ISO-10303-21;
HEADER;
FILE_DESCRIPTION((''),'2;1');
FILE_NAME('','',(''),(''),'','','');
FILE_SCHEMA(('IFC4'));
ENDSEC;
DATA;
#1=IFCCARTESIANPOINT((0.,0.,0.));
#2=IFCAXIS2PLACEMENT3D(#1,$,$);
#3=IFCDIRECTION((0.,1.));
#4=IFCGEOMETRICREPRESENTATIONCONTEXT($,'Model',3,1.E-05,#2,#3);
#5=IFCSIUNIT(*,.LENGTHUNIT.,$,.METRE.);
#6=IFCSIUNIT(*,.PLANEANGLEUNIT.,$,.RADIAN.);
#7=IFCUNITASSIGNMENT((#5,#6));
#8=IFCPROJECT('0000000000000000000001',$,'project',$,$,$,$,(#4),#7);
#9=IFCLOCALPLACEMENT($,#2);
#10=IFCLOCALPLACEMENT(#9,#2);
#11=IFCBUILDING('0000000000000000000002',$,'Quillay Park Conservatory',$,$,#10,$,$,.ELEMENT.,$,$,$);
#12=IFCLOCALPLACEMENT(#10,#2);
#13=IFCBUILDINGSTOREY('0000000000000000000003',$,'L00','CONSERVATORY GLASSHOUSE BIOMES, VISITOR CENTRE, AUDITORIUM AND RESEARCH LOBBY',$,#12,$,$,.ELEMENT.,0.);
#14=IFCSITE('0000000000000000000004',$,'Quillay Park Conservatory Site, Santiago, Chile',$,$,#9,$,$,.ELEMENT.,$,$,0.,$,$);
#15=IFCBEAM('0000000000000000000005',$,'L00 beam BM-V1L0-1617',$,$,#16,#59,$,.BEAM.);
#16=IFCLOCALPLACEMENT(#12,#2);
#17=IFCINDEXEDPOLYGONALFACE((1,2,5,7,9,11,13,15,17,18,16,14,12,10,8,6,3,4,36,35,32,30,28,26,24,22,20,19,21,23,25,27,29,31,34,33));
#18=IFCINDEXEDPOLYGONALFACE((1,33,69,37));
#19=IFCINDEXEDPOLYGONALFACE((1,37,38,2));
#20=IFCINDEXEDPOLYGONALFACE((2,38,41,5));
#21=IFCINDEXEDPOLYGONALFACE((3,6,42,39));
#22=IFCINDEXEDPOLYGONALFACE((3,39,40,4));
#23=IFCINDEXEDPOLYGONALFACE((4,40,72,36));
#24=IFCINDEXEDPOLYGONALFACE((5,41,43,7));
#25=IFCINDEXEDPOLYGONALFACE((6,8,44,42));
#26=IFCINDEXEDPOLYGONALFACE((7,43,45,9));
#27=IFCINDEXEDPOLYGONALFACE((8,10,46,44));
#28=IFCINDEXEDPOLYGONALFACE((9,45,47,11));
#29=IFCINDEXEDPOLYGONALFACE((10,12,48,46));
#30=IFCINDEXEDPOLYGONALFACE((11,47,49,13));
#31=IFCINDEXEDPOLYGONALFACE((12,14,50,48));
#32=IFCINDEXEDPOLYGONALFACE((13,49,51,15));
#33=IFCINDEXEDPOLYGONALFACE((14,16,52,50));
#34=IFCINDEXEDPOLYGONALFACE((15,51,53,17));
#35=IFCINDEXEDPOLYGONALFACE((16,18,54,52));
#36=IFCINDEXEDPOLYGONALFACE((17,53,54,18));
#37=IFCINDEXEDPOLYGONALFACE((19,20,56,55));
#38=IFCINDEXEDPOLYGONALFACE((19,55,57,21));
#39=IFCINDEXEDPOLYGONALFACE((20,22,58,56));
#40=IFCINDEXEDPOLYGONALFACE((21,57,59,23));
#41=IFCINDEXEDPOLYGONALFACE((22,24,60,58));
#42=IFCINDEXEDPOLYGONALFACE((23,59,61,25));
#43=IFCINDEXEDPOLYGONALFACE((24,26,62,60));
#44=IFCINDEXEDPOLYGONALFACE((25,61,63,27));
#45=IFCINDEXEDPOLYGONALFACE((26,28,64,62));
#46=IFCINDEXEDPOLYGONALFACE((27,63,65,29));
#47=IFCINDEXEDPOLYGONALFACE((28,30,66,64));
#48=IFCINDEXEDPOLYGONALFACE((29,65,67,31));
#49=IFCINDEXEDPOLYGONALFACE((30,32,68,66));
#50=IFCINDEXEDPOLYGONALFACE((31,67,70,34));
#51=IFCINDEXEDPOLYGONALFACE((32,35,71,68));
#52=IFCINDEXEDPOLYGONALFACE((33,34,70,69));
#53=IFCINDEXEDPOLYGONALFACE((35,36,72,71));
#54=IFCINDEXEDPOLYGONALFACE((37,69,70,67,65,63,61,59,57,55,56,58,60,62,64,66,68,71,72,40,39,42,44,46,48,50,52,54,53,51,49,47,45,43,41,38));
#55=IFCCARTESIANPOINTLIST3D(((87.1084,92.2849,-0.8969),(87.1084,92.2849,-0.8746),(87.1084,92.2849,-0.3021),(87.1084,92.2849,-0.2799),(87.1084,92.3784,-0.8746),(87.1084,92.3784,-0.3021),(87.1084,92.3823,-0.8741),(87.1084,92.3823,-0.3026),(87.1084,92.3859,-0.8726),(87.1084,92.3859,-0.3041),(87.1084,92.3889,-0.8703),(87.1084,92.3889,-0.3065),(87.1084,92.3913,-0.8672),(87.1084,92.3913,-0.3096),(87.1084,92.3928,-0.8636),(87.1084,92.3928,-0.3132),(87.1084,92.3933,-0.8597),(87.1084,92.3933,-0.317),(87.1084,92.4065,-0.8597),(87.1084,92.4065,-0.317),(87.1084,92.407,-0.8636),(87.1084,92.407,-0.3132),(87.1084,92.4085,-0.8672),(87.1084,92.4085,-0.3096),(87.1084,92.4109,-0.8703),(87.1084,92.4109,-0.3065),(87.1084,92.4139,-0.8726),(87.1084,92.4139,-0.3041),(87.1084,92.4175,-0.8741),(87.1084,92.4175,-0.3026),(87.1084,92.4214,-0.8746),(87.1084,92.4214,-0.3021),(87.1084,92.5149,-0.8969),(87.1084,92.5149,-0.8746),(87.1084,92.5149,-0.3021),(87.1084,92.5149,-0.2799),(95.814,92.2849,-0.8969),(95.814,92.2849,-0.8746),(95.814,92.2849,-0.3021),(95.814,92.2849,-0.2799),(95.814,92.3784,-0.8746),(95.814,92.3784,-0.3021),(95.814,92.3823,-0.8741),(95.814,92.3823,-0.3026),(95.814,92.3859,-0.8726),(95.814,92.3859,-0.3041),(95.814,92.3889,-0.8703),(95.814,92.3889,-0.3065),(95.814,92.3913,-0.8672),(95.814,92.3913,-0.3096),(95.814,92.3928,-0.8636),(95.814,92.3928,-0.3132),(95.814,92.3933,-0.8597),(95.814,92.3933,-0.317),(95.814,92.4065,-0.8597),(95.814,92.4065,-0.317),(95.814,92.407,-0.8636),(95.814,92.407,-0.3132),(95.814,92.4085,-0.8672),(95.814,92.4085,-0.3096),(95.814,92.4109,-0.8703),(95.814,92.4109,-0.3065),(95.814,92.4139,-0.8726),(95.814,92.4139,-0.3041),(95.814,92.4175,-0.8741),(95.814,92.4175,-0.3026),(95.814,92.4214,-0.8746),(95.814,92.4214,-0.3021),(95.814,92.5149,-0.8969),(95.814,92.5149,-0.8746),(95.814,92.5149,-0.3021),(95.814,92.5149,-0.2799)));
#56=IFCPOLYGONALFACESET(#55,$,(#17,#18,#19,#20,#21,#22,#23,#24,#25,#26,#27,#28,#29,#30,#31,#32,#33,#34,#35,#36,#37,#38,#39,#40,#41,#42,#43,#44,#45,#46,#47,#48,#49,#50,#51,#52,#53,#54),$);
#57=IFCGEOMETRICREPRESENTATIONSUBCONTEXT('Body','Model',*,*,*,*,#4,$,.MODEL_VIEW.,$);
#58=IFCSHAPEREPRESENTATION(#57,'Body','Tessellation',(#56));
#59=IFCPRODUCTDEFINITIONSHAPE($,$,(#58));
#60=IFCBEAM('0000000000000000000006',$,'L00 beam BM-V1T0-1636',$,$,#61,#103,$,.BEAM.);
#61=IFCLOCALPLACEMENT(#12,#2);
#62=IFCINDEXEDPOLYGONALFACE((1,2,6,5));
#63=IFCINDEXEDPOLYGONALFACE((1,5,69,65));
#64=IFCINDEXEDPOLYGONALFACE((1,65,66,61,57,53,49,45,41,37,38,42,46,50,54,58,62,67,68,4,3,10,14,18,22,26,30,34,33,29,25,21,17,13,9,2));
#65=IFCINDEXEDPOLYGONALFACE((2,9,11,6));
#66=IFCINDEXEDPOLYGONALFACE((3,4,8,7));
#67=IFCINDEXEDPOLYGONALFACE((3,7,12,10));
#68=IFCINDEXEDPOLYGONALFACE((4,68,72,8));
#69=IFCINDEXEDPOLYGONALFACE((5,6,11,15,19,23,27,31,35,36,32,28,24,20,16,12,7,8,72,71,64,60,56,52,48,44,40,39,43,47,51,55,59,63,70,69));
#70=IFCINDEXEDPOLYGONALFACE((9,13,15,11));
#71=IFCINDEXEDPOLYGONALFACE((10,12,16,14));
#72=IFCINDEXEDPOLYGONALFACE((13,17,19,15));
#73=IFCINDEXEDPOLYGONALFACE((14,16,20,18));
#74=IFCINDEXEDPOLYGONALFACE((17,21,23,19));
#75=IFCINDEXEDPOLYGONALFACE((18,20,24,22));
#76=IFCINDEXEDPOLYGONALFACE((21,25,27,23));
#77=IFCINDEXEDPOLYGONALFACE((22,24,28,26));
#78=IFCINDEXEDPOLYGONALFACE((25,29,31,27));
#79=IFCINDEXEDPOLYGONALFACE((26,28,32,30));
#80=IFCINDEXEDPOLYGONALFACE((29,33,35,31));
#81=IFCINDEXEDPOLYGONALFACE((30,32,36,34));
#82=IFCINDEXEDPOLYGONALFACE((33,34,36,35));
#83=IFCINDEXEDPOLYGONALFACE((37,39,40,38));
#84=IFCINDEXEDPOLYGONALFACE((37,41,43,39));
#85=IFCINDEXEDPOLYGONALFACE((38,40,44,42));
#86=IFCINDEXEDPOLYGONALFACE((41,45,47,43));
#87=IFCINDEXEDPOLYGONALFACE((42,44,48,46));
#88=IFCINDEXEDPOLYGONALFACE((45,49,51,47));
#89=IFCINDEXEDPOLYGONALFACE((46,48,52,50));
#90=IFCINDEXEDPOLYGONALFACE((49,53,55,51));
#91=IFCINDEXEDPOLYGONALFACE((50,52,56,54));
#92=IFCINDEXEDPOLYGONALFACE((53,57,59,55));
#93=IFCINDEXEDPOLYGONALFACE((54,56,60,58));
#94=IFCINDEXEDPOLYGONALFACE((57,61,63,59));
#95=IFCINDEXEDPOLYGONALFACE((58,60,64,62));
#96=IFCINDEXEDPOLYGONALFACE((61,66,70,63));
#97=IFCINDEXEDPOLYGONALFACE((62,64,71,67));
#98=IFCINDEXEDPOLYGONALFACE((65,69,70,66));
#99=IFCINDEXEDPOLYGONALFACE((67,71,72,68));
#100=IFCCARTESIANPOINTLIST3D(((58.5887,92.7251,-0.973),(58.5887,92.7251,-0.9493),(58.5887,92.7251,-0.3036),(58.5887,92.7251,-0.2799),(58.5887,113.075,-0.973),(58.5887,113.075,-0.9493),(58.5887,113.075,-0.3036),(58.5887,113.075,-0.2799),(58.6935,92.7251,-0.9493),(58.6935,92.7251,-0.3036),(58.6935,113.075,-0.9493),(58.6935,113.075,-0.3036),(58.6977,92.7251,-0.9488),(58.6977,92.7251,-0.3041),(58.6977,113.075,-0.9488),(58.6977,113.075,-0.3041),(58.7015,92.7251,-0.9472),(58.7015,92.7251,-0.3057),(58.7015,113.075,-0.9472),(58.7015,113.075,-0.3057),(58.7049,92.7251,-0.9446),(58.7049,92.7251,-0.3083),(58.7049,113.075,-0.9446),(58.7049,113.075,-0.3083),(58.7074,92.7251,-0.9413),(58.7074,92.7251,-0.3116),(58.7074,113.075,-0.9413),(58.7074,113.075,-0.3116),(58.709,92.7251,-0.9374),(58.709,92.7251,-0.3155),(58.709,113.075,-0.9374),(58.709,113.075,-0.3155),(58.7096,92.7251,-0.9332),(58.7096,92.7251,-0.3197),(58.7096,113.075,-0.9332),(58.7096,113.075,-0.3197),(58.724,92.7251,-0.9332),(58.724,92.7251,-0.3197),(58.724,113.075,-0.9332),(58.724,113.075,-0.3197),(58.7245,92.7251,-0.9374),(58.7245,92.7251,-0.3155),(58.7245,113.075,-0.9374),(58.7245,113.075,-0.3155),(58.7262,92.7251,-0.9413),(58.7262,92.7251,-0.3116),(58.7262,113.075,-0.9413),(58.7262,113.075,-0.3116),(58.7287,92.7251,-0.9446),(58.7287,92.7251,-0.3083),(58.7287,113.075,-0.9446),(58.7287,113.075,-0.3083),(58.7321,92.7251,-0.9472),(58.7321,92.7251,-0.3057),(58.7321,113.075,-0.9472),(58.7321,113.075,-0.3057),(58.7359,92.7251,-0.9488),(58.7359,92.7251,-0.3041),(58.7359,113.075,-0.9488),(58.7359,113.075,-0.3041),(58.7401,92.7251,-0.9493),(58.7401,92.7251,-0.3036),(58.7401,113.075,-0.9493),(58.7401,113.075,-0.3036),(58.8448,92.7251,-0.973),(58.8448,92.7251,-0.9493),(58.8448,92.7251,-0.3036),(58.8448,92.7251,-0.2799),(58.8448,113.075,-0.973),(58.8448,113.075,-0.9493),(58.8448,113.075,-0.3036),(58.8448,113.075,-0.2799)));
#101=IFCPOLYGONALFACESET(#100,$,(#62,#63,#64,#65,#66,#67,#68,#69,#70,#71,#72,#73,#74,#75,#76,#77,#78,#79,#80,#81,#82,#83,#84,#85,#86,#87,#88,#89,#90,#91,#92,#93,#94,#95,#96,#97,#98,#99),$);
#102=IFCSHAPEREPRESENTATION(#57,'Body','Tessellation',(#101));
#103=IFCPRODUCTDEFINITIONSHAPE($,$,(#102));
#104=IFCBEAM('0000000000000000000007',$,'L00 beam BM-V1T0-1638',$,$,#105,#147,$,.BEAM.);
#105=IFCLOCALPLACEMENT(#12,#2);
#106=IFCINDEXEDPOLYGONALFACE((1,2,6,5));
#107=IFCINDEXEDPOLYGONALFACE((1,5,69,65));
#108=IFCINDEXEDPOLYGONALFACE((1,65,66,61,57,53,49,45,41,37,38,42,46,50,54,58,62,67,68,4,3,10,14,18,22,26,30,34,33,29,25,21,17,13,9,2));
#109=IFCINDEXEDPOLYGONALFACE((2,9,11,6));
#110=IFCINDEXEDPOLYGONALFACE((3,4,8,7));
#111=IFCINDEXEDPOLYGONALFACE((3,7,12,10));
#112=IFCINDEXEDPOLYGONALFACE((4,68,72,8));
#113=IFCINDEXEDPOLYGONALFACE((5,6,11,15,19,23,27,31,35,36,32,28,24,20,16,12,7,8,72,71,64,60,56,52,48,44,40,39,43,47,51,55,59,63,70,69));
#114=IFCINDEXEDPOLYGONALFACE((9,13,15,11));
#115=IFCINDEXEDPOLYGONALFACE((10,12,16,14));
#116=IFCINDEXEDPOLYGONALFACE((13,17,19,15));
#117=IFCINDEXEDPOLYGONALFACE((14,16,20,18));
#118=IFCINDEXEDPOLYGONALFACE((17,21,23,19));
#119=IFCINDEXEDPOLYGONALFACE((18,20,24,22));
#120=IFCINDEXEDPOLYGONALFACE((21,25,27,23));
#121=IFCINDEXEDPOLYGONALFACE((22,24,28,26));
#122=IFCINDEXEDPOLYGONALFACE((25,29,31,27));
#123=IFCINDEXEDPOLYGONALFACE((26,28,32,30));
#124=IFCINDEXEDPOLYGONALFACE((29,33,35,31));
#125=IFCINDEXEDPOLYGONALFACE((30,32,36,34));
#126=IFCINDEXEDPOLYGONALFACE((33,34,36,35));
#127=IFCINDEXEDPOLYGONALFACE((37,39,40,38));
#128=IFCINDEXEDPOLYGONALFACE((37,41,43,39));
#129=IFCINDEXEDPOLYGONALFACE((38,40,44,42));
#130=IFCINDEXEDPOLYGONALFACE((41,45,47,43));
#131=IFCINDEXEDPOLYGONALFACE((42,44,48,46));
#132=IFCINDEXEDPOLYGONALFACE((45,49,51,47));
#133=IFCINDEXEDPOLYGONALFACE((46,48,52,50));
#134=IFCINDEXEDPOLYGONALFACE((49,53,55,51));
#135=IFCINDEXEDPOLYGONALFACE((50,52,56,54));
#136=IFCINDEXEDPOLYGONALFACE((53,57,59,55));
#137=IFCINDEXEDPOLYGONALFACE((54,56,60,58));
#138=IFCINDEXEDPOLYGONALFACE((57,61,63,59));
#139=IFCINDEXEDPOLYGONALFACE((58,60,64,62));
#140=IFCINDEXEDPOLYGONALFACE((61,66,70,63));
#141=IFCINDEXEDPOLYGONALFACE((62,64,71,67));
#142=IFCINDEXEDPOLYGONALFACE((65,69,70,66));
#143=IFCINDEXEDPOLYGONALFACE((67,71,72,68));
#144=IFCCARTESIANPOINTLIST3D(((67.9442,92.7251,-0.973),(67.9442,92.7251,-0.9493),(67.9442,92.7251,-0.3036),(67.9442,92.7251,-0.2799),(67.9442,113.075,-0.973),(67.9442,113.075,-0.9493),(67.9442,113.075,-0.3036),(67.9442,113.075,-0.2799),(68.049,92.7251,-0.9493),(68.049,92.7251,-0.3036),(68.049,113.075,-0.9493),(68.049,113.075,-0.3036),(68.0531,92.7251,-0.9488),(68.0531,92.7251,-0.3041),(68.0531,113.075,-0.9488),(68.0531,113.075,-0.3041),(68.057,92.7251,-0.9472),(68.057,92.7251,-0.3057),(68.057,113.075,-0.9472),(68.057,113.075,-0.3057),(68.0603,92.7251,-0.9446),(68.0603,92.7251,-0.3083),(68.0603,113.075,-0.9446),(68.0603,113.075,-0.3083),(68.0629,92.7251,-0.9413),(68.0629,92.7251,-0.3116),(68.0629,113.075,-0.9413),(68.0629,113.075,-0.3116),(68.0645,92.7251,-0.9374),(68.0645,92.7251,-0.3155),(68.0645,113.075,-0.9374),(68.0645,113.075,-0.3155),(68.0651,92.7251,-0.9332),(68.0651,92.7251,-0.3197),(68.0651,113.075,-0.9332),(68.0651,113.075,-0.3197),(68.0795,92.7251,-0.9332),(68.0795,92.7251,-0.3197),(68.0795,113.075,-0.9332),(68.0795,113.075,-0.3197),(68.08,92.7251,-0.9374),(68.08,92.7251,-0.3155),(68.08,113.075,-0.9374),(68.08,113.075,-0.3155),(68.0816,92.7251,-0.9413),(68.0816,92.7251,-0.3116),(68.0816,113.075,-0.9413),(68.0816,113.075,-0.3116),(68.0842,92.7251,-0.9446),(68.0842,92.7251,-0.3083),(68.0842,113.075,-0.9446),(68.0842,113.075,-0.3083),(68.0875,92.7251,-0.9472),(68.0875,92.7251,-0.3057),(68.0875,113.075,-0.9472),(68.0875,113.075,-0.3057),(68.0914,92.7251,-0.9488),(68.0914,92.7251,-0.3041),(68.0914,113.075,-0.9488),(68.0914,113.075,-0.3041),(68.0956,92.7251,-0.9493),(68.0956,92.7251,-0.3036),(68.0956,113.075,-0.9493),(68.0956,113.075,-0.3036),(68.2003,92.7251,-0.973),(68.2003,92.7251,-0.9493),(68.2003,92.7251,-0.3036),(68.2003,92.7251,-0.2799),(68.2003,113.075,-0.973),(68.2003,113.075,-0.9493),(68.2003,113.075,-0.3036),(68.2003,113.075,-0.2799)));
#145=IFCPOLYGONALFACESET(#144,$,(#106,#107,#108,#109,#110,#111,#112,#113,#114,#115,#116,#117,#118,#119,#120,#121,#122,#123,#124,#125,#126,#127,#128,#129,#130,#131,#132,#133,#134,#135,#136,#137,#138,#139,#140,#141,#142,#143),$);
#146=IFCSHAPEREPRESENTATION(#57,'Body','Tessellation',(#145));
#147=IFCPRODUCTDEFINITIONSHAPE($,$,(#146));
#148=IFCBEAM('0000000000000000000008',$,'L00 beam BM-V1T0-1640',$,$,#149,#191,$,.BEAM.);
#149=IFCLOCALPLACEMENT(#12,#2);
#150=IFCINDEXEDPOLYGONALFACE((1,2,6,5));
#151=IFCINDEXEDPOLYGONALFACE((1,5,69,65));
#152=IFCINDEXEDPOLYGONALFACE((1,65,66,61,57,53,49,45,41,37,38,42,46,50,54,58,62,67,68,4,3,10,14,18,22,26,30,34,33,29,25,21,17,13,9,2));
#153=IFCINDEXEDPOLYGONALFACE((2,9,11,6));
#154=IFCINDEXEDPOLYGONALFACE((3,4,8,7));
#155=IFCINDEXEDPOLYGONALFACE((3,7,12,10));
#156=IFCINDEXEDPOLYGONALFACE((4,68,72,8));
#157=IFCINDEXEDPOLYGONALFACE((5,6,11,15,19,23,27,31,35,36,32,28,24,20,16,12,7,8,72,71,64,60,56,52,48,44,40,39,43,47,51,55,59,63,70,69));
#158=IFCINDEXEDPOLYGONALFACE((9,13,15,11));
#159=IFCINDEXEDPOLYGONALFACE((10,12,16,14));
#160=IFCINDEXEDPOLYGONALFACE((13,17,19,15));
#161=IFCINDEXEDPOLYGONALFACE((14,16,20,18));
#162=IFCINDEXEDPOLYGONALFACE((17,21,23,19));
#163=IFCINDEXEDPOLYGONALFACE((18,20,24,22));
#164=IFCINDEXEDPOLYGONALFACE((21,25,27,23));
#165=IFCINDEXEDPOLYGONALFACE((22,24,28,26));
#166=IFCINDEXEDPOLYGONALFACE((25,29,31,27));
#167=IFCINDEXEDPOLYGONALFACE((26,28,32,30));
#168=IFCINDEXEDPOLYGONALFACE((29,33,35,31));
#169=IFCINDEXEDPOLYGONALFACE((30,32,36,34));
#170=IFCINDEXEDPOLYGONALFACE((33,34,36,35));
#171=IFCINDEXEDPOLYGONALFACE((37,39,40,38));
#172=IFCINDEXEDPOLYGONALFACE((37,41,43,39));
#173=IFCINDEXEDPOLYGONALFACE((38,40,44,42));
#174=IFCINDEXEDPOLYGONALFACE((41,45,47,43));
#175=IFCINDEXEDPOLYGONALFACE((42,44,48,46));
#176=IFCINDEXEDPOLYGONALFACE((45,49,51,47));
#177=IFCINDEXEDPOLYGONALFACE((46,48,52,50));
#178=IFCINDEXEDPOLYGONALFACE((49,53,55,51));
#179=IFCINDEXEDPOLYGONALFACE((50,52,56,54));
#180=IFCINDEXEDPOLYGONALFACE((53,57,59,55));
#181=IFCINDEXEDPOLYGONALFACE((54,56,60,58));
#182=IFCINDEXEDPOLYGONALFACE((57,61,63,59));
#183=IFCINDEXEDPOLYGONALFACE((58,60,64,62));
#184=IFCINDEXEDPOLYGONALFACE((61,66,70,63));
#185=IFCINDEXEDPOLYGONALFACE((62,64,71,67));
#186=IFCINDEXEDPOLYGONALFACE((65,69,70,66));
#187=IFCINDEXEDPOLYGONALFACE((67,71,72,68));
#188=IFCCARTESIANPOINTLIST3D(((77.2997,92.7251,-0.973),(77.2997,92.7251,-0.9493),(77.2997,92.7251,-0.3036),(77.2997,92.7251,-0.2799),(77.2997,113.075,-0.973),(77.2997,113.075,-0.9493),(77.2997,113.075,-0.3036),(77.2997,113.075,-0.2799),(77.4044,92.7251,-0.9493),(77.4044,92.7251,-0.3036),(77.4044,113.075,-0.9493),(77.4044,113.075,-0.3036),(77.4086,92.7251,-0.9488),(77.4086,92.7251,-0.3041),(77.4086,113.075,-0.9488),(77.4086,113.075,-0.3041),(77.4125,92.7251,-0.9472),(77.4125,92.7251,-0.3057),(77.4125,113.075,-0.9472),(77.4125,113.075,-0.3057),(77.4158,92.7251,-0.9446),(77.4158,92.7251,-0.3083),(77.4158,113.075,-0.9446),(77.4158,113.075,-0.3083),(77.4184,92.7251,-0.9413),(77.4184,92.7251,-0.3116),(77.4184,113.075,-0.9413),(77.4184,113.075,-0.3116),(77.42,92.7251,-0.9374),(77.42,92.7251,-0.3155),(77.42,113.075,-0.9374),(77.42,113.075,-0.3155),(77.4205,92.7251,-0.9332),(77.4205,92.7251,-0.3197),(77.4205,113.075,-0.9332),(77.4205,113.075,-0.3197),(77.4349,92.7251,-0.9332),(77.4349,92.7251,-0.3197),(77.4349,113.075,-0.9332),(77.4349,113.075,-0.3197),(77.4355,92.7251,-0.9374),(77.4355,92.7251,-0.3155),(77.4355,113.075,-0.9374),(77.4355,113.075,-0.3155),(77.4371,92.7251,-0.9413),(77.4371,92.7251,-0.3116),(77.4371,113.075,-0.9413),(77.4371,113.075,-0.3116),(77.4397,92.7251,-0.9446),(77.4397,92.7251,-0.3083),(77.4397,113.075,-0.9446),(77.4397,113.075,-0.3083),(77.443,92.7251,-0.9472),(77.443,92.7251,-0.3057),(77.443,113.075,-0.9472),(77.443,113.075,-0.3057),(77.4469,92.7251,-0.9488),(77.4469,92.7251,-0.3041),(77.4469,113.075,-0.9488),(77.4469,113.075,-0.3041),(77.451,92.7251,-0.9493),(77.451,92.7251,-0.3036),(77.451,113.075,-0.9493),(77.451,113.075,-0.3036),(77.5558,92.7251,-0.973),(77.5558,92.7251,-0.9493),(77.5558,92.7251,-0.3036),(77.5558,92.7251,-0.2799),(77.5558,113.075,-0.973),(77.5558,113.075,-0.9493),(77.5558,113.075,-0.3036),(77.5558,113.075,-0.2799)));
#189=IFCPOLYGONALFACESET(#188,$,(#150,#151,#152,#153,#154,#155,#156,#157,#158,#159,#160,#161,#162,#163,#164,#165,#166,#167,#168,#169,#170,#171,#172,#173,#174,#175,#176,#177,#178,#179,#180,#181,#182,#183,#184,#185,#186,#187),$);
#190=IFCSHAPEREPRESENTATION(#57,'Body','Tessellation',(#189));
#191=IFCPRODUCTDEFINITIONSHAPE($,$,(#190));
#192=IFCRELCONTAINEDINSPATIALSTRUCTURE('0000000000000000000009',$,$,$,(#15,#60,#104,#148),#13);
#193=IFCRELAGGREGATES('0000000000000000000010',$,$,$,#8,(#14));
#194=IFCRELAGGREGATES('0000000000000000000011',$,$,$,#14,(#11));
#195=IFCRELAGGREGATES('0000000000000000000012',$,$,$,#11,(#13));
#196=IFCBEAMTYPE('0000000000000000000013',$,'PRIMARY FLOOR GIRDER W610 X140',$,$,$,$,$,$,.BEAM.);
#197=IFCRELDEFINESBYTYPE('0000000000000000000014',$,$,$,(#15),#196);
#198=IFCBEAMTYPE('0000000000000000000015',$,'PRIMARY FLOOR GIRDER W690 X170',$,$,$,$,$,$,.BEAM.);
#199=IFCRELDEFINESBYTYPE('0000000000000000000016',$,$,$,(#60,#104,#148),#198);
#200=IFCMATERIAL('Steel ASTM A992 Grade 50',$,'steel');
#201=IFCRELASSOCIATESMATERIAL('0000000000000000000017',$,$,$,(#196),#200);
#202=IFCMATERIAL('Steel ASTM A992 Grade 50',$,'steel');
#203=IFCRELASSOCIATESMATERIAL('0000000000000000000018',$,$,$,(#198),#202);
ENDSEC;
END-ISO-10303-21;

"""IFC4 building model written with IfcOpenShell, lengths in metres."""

from ifc_helpers import new_model, si_unit, direction, frame, origin, origin_2d, place, context, subcontext, project, spatial, i_section, extrude, material, material_profile, profile_set, type_object, element, save


model = new_model("IFC4")

# Units and contexts
model_context = context("Model", 3, precision=1e-05, world=origin(), true_north=direction((0.0, 1.0)))
body_context = subcontext(model_context, "Body", "Model", "MODEL_VIEW")
ifc_project = project(units=[si_unit("LENGTHUNIT", "METRE"), si_unit("PLANEANGLEUNIT", "RADIAN")], contexts=[model_context])

# Site, building, storey
site_placement = place(None, origin())
site = spatial("IfcSite", under=ifc_project, at=site_placement, Name="Quillay Park Conservatory Site, Santiago, Chile", CompositionType="ELEMENT", RefElevation=0.0)
building_placement = place(site_placement, origin())
building = spatial("IfcBuilding", under=site, at=building_placement, Name="Quillay Park Conservatory", CompositionType="ELEMENT")
storey_placement = place(building_placement, origin())
storey = spatial("IfcBuildingStorey", under=building, at=storey_placement, Name="L00", Description="CONSERVATORY GLASSHOUSE BIOMES, VISITOR CENTRE, AUDITORIUM AND RESEARCH LOBBY", CompositionType="ELEMENT", Elevation=0.0)

# Beams
ifc_material_1 = material(Name="Steel ASTM A992 Grade 50", Category="steel")
ifc_material_profile_1 = material_profile(ifc_material_1, i_section(OverallWidth=0.23, OverallDepth=0.6169, WebThickness=0.0132, FlangeThickness=0.0222, FilletRadius=0.0149, at=origin_2d()), Name="W610x140")
ifc_profile_set_1 = profile_set([ifc_material_profile_1], Name="Steel ASTM A992 Grade 50")
beam_type_1 = type_object("IfcBeamType", Name="PRIMARY FLOOR GIRDER W610 X140", PredefinedType="BEAM", material=ifc_profile_set_1)
for number, where, z_axis, x_axis, name in (
    (1, (87.1084, 92.3999, -0.5884), (1.0, 0.0, 0.0), (0.0, 1.0, 0.0), "L00 beam BM-V1L0-1617"),
):
    element("IfcBeam", number, at=place(storey_placement, frame(where, z_axis=z_axis, x_axis=x_axis)), inside=storey, type_object=beam_type_1, Name=name, PredefinedType="BEAM", context=body_context, shape_type="SweptSolid", body=[
        extrude(i_section(OverallWidth=0.23, OverallDepth=0.6169, WebThickness=0.0132, FlangeThickness=0.0222, FilletRadius=0.0149, at=origin_2d()), origin(), (0.0, 0.0, 1.0), 8.7056),
    ])
ifc_material_2 = material(Name="Steel ASTM A992 Grade 50", Category="steel")
ifc_material_profile_2 = material_profile(ifc_material_2, i_section(OverallWidth=0.2561, OverallDepth=0.6931, WebThickness=0.0144, FlangeThickness=0.0237, FilletRadius=0.0161, at=origin_2d()), Name="W690x170")
ifc_profile_set_2 = profile_set([ifc_material_profile_2], Name="Steel ASTM A992 Grade 50")
beam_type_2 = type_object("IfcBeamType", Name="PRIMARY FLOOR GIRDER W690 X170", PredefinedType="BEAM", material=ifc_profile_set_2)
for number, where, z_axis, x_axis, name in (
    (2, (58.7168, 92.7251, -0.6265), (0.0, 1.0, 0.0), (-1.0, 0.0, 0.0), "L00 beam BM-V1T0-1636"),
    (3, (68.0723, 92.7251, -0.6265), (0.0, 1.0, 0.0), (-1.0, 0.0, 0.0), "L00 beam BM-V1T0-1638"),
    (4, (77.4277, 92.7251, -0.6265), (0.0, 1.0, 0.0), (-1.0, 0.0, 0.0), "L00 beam BM-V1T0-1640"),
):
    element("IfcBeam", number, at=place(storey_placement, frame(where, z_axis=z_axis, x_axis=x_axis)), inside=storey, type_object=beam_type_2, Name=name, PredefinedType="BEAM", context=body_context, shape_type="SweptSolid", body=[
        extrude(i_section(OverallWidth=0.2561, OverallDepth=0.6931, WebThickness=0.0144, FlangeThickness=0.0237, FilletRadius=0.0161, at=origin_2d()), origin(), (0.0, 0.0, 1.0), 20.3499),
    ])

save(model, "model.ifc")
